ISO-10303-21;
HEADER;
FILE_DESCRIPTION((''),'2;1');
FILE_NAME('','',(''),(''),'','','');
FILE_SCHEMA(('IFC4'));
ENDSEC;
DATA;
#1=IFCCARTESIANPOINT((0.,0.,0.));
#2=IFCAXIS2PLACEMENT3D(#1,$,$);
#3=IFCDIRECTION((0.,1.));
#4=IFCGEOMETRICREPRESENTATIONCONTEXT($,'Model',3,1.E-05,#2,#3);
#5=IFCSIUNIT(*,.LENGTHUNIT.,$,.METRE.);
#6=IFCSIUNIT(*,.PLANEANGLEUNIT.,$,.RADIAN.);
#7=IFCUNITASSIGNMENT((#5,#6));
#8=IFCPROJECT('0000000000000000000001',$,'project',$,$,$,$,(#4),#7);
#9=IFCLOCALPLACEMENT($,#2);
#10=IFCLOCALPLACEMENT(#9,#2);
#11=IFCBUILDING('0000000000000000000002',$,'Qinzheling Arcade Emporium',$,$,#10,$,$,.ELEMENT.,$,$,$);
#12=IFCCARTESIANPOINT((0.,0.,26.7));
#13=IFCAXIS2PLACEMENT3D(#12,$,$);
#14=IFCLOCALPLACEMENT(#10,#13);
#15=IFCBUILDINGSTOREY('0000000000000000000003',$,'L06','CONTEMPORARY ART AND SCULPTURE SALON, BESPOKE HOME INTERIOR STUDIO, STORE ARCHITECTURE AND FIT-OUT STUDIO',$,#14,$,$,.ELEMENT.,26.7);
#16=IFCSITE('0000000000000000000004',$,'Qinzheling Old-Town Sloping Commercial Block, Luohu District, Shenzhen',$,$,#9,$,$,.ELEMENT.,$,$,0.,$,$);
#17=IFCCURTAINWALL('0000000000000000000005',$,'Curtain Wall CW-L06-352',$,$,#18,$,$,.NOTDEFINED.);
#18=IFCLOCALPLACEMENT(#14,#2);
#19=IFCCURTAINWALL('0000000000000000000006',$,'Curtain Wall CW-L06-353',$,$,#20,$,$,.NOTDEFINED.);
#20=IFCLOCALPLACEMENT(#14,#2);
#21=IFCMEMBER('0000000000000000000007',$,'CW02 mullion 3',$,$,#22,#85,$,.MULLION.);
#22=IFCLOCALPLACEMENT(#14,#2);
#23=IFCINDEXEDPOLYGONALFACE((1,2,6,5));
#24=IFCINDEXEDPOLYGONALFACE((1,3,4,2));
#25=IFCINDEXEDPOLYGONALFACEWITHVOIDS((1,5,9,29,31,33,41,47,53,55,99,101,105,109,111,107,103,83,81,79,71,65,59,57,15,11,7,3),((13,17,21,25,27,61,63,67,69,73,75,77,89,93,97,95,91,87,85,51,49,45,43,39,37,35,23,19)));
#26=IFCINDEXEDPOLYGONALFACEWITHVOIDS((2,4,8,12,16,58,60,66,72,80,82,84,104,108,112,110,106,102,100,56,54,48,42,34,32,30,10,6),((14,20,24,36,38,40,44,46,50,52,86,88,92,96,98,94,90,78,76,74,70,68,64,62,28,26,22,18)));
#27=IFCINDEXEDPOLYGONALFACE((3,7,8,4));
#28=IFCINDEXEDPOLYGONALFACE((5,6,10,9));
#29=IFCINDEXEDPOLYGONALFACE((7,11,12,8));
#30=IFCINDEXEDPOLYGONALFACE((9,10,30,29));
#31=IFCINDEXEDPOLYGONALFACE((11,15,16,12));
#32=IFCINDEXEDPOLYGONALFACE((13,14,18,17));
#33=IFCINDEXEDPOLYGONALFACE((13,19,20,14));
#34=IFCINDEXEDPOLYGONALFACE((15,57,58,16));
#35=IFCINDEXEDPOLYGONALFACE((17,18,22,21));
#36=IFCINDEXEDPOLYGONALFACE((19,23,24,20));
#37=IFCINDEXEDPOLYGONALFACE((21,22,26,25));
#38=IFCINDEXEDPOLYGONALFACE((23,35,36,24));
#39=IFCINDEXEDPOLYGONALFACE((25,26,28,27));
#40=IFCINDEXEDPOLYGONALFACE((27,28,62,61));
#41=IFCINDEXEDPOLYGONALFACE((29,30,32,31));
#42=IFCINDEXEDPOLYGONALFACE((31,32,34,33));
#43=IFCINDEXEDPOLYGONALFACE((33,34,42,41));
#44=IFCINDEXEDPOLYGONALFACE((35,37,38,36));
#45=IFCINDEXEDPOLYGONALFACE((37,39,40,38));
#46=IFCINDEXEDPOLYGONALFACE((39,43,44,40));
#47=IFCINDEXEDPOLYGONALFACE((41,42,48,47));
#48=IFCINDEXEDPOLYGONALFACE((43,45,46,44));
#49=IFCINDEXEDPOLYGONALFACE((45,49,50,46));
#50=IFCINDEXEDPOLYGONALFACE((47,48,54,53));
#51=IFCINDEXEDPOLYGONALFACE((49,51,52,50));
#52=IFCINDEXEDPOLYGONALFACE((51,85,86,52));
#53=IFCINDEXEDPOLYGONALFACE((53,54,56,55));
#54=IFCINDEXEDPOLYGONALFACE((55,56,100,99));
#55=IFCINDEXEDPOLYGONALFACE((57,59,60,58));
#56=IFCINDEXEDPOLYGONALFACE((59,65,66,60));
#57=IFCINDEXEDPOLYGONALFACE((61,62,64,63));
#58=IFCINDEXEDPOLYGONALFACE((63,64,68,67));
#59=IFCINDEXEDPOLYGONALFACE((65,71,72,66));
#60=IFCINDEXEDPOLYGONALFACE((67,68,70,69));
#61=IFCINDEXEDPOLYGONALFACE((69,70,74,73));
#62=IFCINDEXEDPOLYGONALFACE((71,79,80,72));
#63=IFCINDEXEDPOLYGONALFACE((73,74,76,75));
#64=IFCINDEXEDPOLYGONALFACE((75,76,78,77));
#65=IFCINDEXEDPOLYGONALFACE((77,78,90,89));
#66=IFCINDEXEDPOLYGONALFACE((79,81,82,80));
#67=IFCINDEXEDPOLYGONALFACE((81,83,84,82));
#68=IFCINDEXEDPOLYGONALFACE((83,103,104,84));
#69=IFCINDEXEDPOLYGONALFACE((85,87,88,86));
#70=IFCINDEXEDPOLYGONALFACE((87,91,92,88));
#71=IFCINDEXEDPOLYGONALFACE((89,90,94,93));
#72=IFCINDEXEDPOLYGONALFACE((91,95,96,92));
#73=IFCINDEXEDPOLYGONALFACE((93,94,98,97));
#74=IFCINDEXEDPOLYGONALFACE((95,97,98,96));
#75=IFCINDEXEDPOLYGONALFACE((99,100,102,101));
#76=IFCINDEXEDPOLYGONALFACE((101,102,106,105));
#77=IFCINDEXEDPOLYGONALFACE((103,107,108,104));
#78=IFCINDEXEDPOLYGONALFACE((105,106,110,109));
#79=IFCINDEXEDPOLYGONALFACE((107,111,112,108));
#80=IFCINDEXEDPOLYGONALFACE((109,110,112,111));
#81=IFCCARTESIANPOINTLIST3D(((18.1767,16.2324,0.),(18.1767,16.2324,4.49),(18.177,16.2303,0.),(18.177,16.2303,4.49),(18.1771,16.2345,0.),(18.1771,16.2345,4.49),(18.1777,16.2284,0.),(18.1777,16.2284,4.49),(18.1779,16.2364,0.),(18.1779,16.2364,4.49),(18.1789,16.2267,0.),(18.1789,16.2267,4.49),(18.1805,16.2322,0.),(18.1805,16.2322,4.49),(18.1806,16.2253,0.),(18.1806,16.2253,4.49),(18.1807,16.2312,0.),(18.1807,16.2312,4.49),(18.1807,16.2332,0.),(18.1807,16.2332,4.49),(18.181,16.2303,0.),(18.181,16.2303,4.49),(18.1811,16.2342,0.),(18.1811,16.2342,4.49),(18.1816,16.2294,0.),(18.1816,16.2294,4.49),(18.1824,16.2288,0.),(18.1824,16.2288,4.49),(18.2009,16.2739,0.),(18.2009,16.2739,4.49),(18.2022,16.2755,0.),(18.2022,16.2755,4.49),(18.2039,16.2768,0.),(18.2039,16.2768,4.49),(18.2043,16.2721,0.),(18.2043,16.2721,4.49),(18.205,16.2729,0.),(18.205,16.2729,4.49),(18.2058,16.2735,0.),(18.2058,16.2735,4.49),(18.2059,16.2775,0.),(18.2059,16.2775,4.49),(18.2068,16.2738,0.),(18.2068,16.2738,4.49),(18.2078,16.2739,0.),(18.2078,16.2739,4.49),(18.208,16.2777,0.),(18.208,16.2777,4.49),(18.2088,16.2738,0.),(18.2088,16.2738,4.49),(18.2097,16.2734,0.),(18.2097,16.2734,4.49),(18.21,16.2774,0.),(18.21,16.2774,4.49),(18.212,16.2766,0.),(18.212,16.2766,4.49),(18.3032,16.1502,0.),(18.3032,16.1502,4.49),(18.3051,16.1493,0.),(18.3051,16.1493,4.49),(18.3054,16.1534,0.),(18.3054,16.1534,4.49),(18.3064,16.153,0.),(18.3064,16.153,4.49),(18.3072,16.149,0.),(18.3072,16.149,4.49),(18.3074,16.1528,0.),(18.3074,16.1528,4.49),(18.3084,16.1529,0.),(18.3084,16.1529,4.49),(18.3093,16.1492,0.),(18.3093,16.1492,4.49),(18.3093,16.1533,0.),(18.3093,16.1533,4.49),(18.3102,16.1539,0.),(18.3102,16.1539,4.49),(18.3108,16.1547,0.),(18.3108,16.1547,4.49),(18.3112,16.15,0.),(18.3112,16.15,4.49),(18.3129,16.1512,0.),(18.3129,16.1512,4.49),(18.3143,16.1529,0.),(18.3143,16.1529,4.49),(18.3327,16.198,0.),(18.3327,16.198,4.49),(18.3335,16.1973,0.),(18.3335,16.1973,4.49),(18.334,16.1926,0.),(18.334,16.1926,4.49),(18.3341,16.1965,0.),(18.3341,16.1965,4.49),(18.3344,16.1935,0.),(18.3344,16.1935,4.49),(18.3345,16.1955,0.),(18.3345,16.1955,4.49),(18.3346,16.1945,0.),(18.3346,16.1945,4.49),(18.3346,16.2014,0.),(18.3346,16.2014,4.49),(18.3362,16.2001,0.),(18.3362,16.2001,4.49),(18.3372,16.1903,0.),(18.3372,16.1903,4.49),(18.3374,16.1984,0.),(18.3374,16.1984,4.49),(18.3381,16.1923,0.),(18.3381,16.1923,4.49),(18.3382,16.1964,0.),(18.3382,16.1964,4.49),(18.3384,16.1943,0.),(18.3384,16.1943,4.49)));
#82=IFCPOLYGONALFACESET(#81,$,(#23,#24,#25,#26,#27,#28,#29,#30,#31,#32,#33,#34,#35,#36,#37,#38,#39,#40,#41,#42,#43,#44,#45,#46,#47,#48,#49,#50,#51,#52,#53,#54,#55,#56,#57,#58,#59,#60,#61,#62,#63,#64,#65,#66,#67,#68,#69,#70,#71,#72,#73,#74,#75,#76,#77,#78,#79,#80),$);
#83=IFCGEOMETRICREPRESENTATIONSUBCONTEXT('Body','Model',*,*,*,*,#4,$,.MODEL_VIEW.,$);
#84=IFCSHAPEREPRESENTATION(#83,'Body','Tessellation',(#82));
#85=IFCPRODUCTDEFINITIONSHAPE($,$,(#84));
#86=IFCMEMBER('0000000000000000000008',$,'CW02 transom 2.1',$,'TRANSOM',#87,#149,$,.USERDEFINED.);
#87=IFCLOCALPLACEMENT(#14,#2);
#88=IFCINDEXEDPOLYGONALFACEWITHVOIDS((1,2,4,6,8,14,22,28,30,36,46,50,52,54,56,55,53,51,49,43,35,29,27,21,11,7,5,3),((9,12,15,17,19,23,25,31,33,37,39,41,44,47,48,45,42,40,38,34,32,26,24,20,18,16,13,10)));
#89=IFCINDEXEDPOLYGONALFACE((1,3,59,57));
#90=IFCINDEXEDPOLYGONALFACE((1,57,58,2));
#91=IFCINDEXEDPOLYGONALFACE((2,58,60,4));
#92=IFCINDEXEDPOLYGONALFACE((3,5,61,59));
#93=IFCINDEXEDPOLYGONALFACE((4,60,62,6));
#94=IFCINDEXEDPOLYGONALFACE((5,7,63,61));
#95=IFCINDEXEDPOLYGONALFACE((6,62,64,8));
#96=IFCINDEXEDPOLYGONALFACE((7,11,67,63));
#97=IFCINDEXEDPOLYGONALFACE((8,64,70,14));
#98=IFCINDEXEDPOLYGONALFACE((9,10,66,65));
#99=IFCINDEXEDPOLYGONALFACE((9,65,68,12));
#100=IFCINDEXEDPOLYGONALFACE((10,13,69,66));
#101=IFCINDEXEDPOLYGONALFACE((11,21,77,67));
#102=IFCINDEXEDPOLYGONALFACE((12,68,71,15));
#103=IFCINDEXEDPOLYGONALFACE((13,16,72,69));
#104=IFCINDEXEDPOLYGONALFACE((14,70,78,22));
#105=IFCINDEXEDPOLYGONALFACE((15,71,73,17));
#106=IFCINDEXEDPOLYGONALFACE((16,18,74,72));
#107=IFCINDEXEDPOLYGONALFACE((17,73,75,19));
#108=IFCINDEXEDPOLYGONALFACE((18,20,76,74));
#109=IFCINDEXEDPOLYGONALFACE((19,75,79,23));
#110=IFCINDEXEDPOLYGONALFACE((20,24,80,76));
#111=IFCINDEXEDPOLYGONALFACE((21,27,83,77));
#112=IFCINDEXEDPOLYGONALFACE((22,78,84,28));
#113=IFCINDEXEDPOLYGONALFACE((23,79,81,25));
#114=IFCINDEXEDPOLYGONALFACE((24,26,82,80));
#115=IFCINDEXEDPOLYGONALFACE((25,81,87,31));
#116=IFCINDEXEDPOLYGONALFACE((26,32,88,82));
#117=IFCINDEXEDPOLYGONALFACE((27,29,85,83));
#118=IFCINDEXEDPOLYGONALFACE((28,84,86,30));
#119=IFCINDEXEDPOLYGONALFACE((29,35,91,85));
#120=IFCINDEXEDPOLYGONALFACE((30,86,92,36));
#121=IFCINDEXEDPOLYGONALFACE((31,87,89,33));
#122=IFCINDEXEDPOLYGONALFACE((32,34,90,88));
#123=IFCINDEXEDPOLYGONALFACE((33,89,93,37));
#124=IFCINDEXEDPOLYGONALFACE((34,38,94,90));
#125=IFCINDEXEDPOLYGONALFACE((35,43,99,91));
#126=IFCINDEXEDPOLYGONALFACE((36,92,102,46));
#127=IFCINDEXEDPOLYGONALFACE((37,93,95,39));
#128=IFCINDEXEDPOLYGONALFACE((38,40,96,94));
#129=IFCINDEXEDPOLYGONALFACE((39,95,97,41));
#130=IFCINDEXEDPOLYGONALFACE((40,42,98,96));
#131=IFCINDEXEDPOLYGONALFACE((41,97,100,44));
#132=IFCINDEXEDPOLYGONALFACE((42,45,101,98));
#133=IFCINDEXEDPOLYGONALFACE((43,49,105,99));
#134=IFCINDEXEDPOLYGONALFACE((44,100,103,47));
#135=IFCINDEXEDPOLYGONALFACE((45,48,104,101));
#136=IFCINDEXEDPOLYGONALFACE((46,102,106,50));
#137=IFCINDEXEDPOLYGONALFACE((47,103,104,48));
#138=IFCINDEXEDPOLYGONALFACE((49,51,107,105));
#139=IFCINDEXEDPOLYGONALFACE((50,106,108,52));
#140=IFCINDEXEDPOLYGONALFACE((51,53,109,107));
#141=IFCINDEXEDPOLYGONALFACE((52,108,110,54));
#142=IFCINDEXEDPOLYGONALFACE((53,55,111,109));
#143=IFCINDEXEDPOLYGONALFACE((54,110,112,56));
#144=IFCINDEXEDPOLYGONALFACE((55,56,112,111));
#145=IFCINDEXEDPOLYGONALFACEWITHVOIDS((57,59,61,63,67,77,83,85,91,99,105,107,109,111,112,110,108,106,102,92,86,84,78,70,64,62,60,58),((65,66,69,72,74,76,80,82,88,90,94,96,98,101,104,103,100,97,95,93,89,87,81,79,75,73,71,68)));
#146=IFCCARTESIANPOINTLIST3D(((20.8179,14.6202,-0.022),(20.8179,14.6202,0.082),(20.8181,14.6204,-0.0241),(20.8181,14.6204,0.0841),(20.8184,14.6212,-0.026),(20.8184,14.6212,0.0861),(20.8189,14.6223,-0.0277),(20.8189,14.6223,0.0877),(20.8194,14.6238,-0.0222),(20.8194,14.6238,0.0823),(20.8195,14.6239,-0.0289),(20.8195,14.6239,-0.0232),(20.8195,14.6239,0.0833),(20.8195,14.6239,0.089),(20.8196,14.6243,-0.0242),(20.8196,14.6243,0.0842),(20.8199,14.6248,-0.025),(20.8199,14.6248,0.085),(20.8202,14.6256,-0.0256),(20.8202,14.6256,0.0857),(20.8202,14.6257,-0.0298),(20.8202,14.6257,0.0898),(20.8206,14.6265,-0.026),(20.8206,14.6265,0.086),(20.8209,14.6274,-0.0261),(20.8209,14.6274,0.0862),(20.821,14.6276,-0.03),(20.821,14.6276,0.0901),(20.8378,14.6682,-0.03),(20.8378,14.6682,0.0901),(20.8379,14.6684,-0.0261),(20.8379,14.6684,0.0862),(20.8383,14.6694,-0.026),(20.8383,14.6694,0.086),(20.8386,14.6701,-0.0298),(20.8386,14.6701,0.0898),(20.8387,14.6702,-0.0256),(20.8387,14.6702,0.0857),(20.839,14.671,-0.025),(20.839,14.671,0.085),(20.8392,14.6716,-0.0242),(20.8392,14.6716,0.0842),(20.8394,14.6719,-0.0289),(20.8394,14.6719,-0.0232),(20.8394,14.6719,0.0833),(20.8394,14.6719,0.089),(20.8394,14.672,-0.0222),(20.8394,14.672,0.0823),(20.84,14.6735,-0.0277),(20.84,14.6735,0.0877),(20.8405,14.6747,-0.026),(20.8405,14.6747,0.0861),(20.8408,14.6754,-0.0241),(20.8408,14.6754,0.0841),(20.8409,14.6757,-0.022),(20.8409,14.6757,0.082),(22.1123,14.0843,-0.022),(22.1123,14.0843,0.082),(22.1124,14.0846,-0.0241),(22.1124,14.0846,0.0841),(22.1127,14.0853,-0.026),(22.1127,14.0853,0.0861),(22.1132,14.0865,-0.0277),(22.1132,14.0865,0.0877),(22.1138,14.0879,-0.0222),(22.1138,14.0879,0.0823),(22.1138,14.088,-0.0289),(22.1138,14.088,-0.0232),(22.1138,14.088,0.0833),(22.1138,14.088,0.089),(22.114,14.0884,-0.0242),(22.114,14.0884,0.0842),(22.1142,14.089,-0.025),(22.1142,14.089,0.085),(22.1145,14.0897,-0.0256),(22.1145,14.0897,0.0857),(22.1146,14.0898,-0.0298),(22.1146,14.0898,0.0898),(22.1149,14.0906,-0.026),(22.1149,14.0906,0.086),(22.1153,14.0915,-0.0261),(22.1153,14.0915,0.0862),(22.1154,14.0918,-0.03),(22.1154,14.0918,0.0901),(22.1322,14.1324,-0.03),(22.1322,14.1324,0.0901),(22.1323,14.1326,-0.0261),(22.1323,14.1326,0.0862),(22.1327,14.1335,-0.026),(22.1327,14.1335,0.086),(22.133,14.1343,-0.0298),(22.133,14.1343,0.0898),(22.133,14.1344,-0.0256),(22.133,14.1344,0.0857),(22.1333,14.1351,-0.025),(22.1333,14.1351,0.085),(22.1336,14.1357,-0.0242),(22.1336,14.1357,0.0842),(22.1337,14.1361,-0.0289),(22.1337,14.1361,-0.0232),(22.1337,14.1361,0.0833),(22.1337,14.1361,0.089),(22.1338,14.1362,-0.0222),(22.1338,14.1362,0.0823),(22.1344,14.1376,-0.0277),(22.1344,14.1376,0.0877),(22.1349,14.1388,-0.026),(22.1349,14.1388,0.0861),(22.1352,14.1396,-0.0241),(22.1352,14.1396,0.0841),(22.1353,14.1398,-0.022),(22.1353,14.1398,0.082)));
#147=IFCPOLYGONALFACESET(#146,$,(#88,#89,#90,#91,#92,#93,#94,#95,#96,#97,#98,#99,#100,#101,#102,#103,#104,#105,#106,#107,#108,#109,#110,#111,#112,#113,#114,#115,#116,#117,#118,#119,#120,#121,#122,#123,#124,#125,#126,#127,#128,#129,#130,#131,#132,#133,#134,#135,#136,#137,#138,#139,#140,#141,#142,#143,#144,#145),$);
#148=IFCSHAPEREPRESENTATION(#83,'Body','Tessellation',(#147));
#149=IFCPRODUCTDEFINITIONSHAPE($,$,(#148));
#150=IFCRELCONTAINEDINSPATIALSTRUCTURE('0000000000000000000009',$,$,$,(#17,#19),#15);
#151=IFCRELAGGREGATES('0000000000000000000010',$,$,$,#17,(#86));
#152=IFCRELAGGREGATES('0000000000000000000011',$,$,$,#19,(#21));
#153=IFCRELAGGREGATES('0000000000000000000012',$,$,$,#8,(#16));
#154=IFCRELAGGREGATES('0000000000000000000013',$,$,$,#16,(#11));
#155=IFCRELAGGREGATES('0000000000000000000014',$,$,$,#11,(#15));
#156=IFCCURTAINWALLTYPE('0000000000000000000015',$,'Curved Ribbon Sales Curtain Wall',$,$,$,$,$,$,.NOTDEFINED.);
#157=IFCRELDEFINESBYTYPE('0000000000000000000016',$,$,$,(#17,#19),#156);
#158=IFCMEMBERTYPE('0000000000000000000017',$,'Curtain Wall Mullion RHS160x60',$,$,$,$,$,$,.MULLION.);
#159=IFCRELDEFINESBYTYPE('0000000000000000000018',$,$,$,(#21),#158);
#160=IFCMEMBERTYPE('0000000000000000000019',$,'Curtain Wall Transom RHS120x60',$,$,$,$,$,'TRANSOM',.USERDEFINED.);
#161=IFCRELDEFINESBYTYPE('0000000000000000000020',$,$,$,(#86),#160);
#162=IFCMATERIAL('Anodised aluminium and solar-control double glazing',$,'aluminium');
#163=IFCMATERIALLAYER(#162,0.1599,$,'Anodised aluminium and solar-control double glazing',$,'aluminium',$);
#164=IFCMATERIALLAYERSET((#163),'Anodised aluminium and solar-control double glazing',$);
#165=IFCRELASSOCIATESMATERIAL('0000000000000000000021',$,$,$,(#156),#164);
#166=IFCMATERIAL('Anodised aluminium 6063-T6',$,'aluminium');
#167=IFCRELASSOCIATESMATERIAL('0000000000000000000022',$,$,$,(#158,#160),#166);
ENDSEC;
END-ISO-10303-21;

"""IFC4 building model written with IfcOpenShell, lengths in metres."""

from ifc_helpers import new_model, si_unit, direction, frame, origin, origin_2d, place, context, subcontext, project, spatial, hollow_rectangle, extrude, material, layer, layer_set, material_profile, profile_set, type_object, element, aggregate, save


model = new_model("IFC4")

# Units and contexts
model_context = context("Model", 3, precision=1e-05, world=origin(), true_north=direction((0.0, 1.0)))
body_context = subcontext(model_context, "Body", "Model", "MODEL_VIEW")
ifc_project = project(units=[si_unit("LENGTHUNIT", "METRE"), si_unit("PLANEANGLEUNIT", "RADIAN")], contexts=[model_context])

# Site, building, storey
site_placement = place(None, origin())
site = spatial("IfcSite", under=ifc_project, at=site_placement, Name="Qinzheling Old-Town Sloping Commercial Block, Luohu District, Shenzhen", CompositionType="ELEMENT", RefElevation=0.0)
building_placement = place(site_placement, origin())
building = spatial("IfcBuilding", under=site, at=building_placement, Name="Qinzheling Arcade Emporium", CompositionType="ELEMENT")
storey_placement = place(building_placement, frame((0.0, 0.0, 26.7)))
storey = spatial("IfcBuildingStorey", under=building, at=storey_placement, Name="L06", Description="CONTEMPORARY ART AND SCULPTURE SALON, BESPOKE HOME INTERIOR STUDIO, STORE ARCHITECTURE AND FIT-OUT STUDIO", CompositionType="ELEMENT", Elevation=26.7)

# Curtain walls, member
ifc_material_1 = material(Name="Anodised aluminium and solar-control double glazing", Category="aluminium")
ifc_layer_1 = layer(ifc_material_1, 0.1599, Name="Anodised aluminium and solar-control double glazing", Category="aluminium")
ifc_layer_set_1 = layer_set([ifc_layer_1], Name="Anodised aluminium and solar-control double glazing")
curtain_wall_type = type_object("IfcCurtainWallType", Name="Curved Ribbon Sales Curtain Wall", PredefinedType="NOTDEFINED", material=ifc_layer_set_1)
curtain_wall_1_placement = place(storey_placement, origin())
curtain_wall_1 = element("IfcCurtainWall", 1, at=curtain_wall_1_placement, inside=storey, type_object=curtain_wall_type, Name="Curtain Wall CW-L06-352", PredefinedType="NOTDEFINED")
ifc_material_2 = material(Name="Anodised aluminium 6063-T6", Category="aluminium")
ifc_material_profile_1 = material_profile(ifc_material_2, hollow_rectangle(XDim=0.0601, YDim=0.1599, WallThickness=0.0039, InnerFilletRadius=0.0039, OuterFilletRadius=0.0081, at=origin_2d()), Name="RHS 160x60x4", Category="aluminium")
ifc_profile_set_1 = profile_set([ifc_material_profile_1], Name="Anodised aluminium 6063-T6")
member_type_1 = type_object("IfcMemberType", Name="Curtain Wall Mullion RHS160x60", PredefinedType="MULLION", material=ifc_profile_set_1)
curtain_wall_2_placement = place(storey_placement, origin())
curtain_wall_2 = element("IfcCurtainWall", 2, at=curtain_wall_2_placement, inside=storey, type_object=curtain_wall_type, Name="Curtain Wall CW-L06-353", PredefinedType="NOTDEFINED")
member_1_placement = place(storey_placement, frame((18.2576, 16.2134, 0.0), z_axis=(0.0, 0.0, 1.0), x_axis=(-0.522562, -0.852601, 0.0)))
member_1 = element("IfcMember", 3, at=member_1_placement, type_object=member_type_1, Name="CW02 mullion 3", PredefinedType="MULLION", context=body_context, shape_type="SweptSolid", body=[
    extrude(hollow_rectangle(XDim=0.0601, YDim=0.1599, WallThickness=0.0039, InnerFilletRadius=0.0039, OuterFilletRadius=0.0081, at=origin_2d()), origin(), (0.0, 0.0, 1.0), 4.49),
])

# Member
ifc_material_profile_2 = material_profile(ifc_material_2, hollow_rectangle(XDim=0.0601, YDim=0.1201, WallThickness=0.0039, InnerFilletRadius=0.0039, OuterFilletRadius=0.0081, at=origin_2d()), Name="RHS 120x60x4", Category="aluminium")
ifc_profile_set_2 = profile_set([ifc_material_profile_2], Name="Anodised aluminium 6063-T6")
member_type_2 = type_object("IfcMemberType", Name="Curtain Wall Transom RHS120x60", ElementType="TRANSOM", PredefinedType="USERDEFINED", material=ifc_profile_set_2)
member_2_placement = place(storey_placement, frame((22.1238, 14.1121, 0.03), z_axis=(-0.923951, 0.382511, 0.0), x_axis=(-0.382511, -0.923951, 0.0)))
member_2 = element("IfcMember", 4, at=member_2_placement, type_object=member_type_2, Name="CW02 transom 2.1", ObjectType="TRANSOM", PredefinedType="USERDEFINED", context=body_context, shape_type="SweptSolid", body=[
    extrude(hollow_rectangle(XDim=0.0601, YDim=0.1201, WallThickness=0.0039, InnerFilletRadius=0.0039, OuterFilletRadius=0.0081, at=origin_2d()), origin(), (0.0, 0.0, 1.0), 1.4009),
])

aggregate(curtain_wall_1, [member_2])
aggregate(curtain_wall_2, [member_1])

save(model, "model.ifc")
